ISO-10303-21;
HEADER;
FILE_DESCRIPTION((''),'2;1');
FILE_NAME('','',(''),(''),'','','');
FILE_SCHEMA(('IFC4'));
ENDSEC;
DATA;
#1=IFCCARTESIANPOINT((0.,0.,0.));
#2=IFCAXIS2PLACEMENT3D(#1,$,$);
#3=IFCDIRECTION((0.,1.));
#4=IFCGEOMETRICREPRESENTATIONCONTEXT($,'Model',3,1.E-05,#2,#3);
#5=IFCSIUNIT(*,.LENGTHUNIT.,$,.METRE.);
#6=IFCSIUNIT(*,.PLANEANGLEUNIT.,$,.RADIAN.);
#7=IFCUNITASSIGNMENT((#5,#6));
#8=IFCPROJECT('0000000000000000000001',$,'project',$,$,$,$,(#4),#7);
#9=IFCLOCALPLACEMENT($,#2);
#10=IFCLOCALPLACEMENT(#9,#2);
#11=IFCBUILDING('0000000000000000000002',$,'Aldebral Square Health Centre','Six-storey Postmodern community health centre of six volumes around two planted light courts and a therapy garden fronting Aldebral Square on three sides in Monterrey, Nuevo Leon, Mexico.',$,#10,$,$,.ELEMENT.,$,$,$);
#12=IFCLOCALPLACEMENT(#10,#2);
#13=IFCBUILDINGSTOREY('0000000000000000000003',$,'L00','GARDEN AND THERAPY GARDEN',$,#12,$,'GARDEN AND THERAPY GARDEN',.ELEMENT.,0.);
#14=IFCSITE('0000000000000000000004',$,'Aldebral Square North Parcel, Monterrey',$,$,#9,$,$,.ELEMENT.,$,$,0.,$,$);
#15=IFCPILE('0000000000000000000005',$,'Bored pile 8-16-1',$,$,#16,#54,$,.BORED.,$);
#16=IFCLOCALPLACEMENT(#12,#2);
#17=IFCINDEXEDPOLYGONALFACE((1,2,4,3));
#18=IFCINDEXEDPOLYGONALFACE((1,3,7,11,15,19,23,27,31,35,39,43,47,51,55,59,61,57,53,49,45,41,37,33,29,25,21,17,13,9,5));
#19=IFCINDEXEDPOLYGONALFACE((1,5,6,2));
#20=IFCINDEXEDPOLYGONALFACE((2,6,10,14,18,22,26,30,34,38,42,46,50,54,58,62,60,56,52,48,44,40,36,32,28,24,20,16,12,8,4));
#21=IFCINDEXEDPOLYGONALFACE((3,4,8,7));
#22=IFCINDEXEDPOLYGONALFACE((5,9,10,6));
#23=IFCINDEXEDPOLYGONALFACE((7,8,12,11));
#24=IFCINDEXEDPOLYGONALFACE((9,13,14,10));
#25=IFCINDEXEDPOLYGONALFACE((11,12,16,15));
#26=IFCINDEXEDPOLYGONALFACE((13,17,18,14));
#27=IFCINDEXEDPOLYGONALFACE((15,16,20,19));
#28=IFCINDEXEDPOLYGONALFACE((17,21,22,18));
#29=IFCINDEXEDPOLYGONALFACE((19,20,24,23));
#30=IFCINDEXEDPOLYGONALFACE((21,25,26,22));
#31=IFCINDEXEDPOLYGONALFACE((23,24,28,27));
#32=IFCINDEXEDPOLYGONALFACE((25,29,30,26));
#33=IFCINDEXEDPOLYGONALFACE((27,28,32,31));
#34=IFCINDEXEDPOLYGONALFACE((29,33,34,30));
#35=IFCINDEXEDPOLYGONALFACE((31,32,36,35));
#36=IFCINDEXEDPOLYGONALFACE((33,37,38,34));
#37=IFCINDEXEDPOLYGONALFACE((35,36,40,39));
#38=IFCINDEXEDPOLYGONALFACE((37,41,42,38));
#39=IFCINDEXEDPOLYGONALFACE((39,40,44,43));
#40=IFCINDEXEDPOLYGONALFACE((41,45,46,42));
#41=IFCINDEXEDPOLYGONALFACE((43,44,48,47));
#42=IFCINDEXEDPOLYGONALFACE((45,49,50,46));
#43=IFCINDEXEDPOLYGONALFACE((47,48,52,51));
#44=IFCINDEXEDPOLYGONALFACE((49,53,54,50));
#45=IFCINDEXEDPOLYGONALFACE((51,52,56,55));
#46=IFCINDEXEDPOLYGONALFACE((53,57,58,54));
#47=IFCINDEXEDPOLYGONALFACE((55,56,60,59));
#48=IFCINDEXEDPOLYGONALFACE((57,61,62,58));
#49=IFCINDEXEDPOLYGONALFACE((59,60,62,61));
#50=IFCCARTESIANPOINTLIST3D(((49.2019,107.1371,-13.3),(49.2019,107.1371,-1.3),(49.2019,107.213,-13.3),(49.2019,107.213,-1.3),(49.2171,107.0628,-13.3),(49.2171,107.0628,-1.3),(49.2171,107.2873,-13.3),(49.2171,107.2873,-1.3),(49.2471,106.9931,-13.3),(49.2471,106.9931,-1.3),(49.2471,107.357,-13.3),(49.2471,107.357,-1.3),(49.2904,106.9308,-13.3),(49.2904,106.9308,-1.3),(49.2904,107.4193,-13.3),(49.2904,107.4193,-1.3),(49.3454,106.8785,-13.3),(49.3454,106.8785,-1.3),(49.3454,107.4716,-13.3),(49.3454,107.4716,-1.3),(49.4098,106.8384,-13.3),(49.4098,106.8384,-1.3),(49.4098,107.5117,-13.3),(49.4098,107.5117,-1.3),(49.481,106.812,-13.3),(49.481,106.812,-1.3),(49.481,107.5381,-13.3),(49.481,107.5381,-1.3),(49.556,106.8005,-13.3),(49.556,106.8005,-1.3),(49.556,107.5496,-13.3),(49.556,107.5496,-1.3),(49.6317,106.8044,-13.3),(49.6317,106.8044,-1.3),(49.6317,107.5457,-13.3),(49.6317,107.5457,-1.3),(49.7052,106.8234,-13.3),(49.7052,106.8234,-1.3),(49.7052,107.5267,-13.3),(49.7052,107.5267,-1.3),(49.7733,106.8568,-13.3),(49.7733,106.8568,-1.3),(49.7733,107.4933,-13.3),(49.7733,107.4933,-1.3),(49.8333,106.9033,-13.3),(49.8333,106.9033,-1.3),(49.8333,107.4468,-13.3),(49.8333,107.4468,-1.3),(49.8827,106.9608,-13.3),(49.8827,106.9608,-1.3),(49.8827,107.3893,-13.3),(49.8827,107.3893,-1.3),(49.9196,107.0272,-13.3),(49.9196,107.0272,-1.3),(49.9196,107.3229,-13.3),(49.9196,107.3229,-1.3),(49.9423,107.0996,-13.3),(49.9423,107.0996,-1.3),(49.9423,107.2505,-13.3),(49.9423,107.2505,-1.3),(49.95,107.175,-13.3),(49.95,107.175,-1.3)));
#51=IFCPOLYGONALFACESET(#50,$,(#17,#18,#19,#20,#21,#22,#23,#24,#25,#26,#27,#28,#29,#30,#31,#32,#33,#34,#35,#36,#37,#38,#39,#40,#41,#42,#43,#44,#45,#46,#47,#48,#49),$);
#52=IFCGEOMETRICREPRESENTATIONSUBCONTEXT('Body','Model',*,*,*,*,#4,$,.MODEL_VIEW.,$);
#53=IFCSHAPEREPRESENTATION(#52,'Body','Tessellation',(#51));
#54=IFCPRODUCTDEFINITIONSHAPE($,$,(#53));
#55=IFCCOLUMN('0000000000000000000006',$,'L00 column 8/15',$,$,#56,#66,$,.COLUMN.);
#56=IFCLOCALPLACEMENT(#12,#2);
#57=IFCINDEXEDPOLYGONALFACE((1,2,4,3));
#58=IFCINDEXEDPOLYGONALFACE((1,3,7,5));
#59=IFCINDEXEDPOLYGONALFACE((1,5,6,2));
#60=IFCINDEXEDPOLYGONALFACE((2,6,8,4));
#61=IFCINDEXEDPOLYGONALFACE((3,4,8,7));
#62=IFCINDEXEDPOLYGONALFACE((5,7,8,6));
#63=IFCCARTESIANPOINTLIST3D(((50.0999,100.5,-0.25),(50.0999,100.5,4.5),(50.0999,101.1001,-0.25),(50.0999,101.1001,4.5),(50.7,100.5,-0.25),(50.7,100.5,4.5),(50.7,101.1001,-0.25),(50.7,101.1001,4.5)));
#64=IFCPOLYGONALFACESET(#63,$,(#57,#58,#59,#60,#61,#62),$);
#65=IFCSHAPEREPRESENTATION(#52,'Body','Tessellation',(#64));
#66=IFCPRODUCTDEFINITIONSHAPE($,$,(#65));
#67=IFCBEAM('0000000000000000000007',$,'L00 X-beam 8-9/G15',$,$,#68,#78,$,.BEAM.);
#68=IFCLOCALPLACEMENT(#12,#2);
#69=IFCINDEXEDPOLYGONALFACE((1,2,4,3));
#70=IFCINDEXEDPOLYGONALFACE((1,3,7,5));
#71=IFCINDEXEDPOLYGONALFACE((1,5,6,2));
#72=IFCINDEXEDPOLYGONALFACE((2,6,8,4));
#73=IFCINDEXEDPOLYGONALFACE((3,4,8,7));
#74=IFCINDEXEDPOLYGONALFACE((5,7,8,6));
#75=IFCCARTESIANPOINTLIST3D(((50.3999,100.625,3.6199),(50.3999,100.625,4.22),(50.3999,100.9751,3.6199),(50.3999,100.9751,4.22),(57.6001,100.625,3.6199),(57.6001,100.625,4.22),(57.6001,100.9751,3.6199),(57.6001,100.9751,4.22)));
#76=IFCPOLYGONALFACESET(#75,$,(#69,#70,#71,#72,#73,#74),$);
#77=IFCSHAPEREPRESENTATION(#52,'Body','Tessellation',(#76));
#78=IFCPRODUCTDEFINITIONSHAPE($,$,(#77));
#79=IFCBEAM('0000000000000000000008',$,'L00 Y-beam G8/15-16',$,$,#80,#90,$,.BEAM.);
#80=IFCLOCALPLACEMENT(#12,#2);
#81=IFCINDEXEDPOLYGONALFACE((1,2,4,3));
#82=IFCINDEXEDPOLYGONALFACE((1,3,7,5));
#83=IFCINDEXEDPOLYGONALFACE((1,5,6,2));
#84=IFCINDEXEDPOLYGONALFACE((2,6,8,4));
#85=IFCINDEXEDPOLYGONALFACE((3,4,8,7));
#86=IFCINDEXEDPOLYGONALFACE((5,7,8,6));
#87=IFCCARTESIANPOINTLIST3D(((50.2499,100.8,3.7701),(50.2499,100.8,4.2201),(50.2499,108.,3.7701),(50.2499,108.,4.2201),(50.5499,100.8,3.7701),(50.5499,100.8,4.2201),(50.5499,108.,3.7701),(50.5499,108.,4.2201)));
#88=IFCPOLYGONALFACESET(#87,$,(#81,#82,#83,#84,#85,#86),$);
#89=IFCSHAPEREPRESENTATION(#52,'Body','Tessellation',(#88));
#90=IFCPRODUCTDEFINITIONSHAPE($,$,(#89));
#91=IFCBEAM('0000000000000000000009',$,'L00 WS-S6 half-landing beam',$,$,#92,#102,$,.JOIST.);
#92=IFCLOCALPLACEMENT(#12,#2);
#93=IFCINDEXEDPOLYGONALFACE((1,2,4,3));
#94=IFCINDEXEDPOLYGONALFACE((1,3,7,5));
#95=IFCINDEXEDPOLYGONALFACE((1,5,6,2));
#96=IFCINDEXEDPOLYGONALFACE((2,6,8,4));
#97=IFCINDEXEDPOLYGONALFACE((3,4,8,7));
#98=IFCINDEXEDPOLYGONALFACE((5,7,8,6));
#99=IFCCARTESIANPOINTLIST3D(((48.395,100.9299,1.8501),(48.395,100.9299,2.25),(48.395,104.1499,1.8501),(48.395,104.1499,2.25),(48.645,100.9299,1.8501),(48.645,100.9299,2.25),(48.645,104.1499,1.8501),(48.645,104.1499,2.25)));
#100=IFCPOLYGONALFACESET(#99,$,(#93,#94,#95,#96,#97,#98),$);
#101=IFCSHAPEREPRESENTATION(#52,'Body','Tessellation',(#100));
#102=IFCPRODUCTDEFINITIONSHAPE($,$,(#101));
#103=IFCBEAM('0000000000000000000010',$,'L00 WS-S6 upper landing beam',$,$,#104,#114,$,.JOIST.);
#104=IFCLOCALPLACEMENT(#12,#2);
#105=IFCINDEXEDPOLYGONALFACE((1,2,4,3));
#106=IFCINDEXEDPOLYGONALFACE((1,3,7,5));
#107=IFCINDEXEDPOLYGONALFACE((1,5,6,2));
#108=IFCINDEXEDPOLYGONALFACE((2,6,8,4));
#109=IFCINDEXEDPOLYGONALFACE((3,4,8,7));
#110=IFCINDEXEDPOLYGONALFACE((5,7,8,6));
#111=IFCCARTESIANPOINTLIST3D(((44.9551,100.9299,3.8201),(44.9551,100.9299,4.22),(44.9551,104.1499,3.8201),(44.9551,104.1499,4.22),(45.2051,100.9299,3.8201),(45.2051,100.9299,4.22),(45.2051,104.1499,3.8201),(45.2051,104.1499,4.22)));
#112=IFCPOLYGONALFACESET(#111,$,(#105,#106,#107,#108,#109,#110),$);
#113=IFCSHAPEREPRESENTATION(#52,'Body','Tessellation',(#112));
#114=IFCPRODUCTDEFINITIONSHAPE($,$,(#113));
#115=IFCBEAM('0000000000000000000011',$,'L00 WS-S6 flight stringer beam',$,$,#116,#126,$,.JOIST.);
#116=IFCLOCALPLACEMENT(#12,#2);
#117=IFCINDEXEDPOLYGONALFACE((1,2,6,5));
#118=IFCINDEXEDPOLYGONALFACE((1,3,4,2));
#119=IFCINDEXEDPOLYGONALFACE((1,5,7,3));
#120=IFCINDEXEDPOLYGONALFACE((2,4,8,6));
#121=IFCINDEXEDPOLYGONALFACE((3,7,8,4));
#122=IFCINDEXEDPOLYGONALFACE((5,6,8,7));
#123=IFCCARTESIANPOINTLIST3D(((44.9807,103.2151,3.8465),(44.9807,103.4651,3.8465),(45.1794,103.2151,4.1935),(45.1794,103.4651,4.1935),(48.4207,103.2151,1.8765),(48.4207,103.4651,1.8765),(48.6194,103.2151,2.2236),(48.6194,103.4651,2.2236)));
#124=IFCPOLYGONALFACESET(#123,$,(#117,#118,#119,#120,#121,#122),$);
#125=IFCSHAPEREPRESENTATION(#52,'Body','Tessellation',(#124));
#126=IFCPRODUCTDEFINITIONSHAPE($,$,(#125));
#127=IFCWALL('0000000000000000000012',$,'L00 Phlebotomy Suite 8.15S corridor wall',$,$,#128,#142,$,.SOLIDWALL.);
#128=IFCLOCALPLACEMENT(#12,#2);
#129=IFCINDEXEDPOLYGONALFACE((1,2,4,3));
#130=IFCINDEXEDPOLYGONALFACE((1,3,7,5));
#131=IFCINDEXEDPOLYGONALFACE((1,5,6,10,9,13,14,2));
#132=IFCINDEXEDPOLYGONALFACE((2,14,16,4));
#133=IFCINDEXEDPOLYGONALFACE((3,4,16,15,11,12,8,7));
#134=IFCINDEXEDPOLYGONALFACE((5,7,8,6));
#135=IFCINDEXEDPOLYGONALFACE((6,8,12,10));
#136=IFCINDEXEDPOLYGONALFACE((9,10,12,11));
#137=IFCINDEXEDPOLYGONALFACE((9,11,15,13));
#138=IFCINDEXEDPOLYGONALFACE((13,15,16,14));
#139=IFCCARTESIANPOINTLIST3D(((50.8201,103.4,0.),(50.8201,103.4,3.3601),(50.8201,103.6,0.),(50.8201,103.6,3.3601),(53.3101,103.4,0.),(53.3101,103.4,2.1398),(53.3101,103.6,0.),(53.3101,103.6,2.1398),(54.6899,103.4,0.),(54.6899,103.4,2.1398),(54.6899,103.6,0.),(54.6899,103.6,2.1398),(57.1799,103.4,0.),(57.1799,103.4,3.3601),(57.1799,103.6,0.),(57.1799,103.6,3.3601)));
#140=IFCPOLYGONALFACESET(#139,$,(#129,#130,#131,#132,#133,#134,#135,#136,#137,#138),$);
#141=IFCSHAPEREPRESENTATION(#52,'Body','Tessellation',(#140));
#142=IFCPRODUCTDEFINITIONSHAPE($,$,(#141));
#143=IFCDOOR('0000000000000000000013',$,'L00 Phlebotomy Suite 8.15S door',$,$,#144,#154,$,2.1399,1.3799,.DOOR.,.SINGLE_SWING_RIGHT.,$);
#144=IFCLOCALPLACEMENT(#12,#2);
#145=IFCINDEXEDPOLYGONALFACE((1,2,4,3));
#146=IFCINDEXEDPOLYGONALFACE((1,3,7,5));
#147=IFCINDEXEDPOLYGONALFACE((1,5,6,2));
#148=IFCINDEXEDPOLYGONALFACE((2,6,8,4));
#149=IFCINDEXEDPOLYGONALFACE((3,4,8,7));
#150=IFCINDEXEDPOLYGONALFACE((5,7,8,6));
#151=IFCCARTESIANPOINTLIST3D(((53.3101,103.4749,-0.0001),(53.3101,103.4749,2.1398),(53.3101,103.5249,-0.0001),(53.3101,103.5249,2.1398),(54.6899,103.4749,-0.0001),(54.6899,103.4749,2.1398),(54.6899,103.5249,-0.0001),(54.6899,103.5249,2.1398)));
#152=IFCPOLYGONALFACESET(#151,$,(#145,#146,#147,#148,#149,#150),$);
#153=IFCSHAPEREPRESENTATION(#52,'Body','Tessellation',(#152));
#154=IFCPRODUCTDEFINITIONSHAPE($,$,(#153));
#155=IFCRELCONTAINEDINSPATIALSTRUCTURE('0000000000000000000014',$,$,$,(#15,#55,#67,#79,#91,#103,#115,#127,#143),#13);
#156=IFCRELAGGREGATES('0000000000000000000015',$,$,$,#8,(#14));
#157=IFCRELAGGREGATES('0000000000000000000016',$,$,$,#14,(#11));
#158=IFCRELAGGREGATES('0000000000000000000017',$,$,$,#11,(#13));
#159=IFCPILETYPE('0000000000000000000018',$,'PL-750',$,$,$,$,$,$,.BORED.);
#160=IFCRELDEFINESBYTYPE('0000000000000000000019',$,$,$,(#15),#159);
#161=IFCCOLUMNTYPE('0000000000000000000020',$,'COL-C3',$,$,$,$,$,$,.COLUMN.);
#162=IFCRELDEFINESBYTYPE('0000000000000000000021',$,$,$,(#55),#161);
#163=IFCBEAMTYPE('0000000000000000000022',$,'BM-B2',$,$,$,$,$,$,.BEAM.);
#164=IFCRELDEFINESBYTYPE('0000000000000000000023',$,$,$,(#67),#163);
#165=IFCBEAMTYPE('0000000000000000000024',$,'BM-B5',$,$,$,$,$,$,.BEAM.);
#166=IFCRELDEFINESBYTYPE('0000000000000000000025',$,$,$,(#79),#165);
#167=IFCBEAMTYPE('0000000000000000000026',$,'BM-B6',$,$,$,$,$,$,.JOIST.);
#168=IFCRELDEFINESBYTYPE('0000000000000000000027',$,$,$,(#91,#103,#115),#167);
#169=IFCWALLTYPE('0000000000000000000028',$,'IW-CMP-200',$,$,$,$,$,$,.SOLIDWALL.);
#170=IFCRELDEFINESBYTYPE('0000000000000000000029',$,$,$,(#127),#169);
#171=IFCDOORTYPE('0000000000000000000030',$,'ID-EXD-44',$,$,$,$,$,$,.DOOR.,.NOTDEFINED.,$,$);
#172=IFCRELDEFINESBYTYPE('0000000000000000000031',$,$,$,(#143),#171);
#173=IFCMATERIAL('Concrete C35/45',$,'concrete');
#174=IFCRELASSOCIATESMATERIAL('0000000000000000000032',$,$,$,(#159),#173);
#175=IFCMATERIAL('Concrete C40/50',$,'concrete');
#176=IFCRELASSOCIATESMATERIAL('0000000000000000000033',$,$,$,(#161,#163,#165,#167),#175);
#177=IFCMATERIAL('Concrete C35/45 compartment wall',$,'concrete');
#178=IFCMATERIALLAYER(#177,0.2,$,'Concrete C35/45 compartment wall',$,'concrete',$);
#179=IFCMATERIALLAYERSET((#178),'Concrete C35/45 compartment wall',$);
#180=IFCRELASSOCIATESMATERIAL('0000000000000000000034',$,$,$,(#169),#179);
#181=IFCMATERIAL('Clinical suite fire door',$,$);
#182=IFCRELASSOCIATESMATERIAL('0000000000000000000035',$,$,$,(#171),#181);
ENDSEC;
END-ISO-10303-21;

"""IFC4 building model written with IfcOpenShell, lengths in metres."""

from ifc_helpers import new_model, si_unit, direction, frame, frame_2d, origin, origin_2d, place, context, subcontext, project, spatial, rectangle, circle, extrude, material, layer, layer_set, material_profile, profile_set, type_object, element, fill, save


model = new_model("IFC4")

# Units and contexts
model_context = context("Model", 3, precision=1e-05, world=origin(), true_north=direction((0.0, 1.0)))
body_context = subcontext(model_context, "Body", "Model", "MODEL_VIEW")
ifc_project = project(units=[si_unit("LENGTHUNIT", "METRE"), si_unit("PLANEANGLEUNIT", "RADIAN")], contexts=[model_context])

# Site, building, storey
site_placement = place(None, origin())
site = spatial("IfcSite", under=ifc_project, at=site_placement, Name="Aldebral Square North Parcel, Monterrey", CompositionType="ELEMENT", RefElevation=0.0)
building_placement = place(site_placement, origin())
building = spatial("IfcBuilding", under=site, at=building_placement, Name="Aldebral Square Health Centre", Description="Six-storey Postmodern community health centre of six volumes around two planted light courts and a therapy garden fronting Aldebral Square on three sides in Monterrey, Nuevo Leon, Mexico.", CompositionType="ELEMENT")
storey_placement = place(building_placement, origin())
storey = spatial("IfcBuildingStorey", under=building, at=storey_placement, Name="L00", Description="GARDEN AND THERAPY GARDEN", LongName="GARDEN AND THERAPY GARDEN", CompositionType="ELEMENT", Elevation=0.0)

# Shared definitions
ifc_material_1 = material(Name="Concrete C35/45", Category="concrete")

# Pile
ifc_material_profile_1 = material_profile(ifc_material_1, circle(Radius=0.375, at=origin_2d()), Name="PILE D750")
ifc_profile_set_1 = profile_set([ifc_material_profile_1], Name="Concrete C35/45")
pile_type = type_object("IfcPileType", Name="PL-750", PredefinedType="BORED", material=ifc_profile_set_1)
for number, where, z_axis, x_axis, name in (
    (1, (49.575, 107.175, -1.3), (0.0, 0.0, -1.0), (1.0, 0.0, 0.0), "Bored pile 8-16-1"),
):
    element("IfcPile", number, at=place(storey_placement, frame(where, z_axis=z_axis, x_axis=x_axis)), inside=storey, type_object=pile_type, Name=name, PredefinedType="BORED", context=body_context, shape_type="SweptSolid", body=[
        extrude(circle(Radius=0.375, at=origin_2d()), origin(), (0.0, 0.0, 1.0), 12.0),
    ])

# Column
ifc_material_2 = material(Name="Concrete C40/50", Category="concrete")
ifc_material_profile_2 = material_profile(ifc_material_2, rectangle(XDim=0.6001, YDim=0.6001, at=origin_2d()), Name="RC 600x600")
ifc_profile_set_2 = profile_set([ifc_material_profile_2], Name="Concrete C40/50")
column_type = type_object("IfcColumnType", Name="COL-C3", PredefinedType="COLUMN", material=ifc_profile_set_2)
column_placement = place(storey_placement, frame((50.3999, 100.8, -0.25), z_axis=(0.0, 0.0, 1.0), x_axis=(1.0, 0.0, 0.0)))
element("IfcColumn", 2, at=column_placement, inside=storey, type_object=column_type, Name="L00 column 8/15", PredefinedType="COLUMN", context=body_context, shape_type="SweptSolid", body=[
    extrude(rectangle(XDim=0.6001, YDim=0.6001, at=origin_2d()), origin(), (0.0, 0.0, 1.0), 4.75),
])

# Beams
ifc_material_profile_3 = material_profile(ifc_material_2, rectangle(XDim=0.3501, YDim=0.6001, at=origin_2d()), Name="RC 350x600")
ifc_profile_set_3 = profile_set([ifc_material_profile_3], Name="Concrete C40/50")
beam_type_1 = type_object("IfcBeamType", Name="BM-B2", PredefinedType="BEAM", material=ifc_profile_set_3)
beam_1_placement = place(storey_placement, frame((50.3999, 100.8, 3.9199), z_axis=(1.0, 0.0, 0.0), x_axis=(0.0, 1.0, 0.0)))
element("IfcBeam", 3, at=beam_1_placement, inside=storey, type_object=beam_type_1, Name="L00 X-beam 8-9/G15", PredefinedType="BEAM", context=body_context, shape_type="SweptSolid", body=[
    extrude(rectangle(XDim=0.3501, YDim=0.6001, at=origin_2d()), origin(), (0.0, 0.0, 1.0), 7.2002),
])
ifc_material_profile_4 = material_profile(ifc_material_2, rectangle(XDim=0.3, YDim=0.45, at=origin_2d()), Name="RC 300x450")
ifc_profile_set_4 = profile_set([ifc_material_profile_4], Name="Concrete C40/50")
beam_type_2 = type_object("IfcBeamType", Name="BM-B5", PredefinedType="BEAM", material=ifc_profile_set_4)
beam_2_placement = place(storey_placement, frame((50.3999, 100.8, 3.9951), z_axis=(0.0, 1.0, 0.0), x_axis=(-1.0, 0.0, 0.0)))
element("IfcBeam", 4, at=beam_2_placement, inside=storey, type_object=beam_type_2, Name="L00 Y-beam G8/15-16", PredefinedType="BEAM", context=body_context, shape_type="SweptSolid", body=[
    extrude(rectangle(XDim=0.3, YDim=0.45, at=origin_2d()), origin(), (0.0, 0.0, 1.0), 7.2),
])
ifc_material_profile_5 = material_profile(ifc_material_2, rectangle(XDim=0.25, YDim=0.3999, at=origin_2d()), Name="RC 250x400")
ifc_profile_set_5 = profile_set([ifc_material_profile_5], Name="Concrete C40/50")
beam_type_3 = type_object("IfcBeamType", Name="BM-B6", PredefinedType="JOIST", material=ifc_profile_set_5)
for number, where, z_axis, x_axis, name in (
    (5, (48.52, 100.9299, 2.05), (0.0, 1.0, 0.0), (-1.0, 0.0, 0.0), "L00 WS-S6 half-landing beam"),
    (6, (45.0801, 100.9299, 4.02), (0.0, 1.0, 0.0), (-1.0, 0.0, 0.0), "L00 WS-S6 upper landing beam"),
):
    element("IfcBeam", number, at=place(storey_placement, frame(where, z_axis=z_axis, x_axis=x_axis)), inside=storey, type_object=beam_type_3, Name=name, PredefinedType="JOIST", context=body_context, shape_type="SweptSolid", body=[
        extrude(rectangle(XDim=0.25, YDim=0.3999, at=origin_2d()), origin(), (0.0, 0.0, 1.0), 3.22),
    ])
beam_3_placement = place(storey_placement, frame((48.52, 103.3401, 2.05), z_axis=(-0.867777, 0.0, 0.496955), x_axis=(0.0, -1.0, 0.0)))
element("IfcBeam", 7, at=beam_3_placement, inside=storey, type_object=beam_type_3, Name="L00 WS-S6 flight stringer beam", PredefinedType="JOIST", context=body_context, shape_type="SweptSolid", body=[
    extrude(rectangle(XDim=0.25, YDim=0.3999, at=origin_2d()), origin(), (0.0, 0.0, 1.0), 3.9641),
])

# Wall, opening, door
ifc_material_3 = material(Name="Concrete C35/45 compartment wall", Category="concrete")
ifc_layer_1 = layer(ifc_material_3, 0.2, Name="Concrete C35/45 compartment wall", Category="concrete")
ifc_layer_set_1 = layer_set([ifc_layer_1], Name="Concrete C35/45 compartment wall")
wall_type_1 = type_object("IfcWallType", Name="IW-CMP-200", PredefinedType="SOLIDWALL", material=ifc_layer_set_1)
wall_1_placement = place(storey_placement, frame((50.8201, 103.5, 0.0), z_axis=(0.0, 0.0, 1.0), x_axis=(1.0, 0.0, 0.0)))
wall_1 = element("IfcWall", 8, at=wall_1_placement, inside=storey, type_object=wall_type_1, Name="L00 Phlebotomy Suite 8.15S corridor wall", PredefinedType="SOLIDWALL", context=body_context, shape_type="SweptSolid", body=[
    extrude(rectangle(XDim=6.3599, YDim=0.2, at=frame_2d((3.1799, 0.0))), origin(), (0.0, 0.0, 1.0), 3.3601),
])
opening_1_placement = place(wall_1_placement, frame((2.49, 0.0, 0.0)))
opening_1 = element("IfcOpeningElement", 9, at=opening_1_placement, cuts=wall_1, PredefinedType="OPENING", context=body_context, shape_type="SweptSolid", body=[
    extrude(rectangle(XDim=1.3799, YDim=2.1399, at=frame_2d((0.6899, 1.0698))), frame((0.0, 0.1099, 0.0), z_axis=(0.0, -1.0, 0.0), x_axis=(1.0, 0.0, 0.0)), (0.0, 0.0, 1.0), 0.22),
])
ifc_material_4 = material(Name="Clinical suite fire door")
door_type_1 = type_object("IfcDoorType", Name="ID-EXD-44", OperationType="NOTDEFINED", PredefinedType="DOOR", material=ifc_material_4)
door_1_placement = place(opening_1_placement, origin())
door_1 = element("IfcDoor", 10, at=door_1_placement, inside=storey, type_object=door_type_1, Name="L00 Phlebotomy Suite 8.15S door", OperationType="SINGLE_SWING_RIGHT", OverallHeight=2.1399, OverallWidth=1.3799, PredefinedType="DOOR", context=body_context, shape_type="SweptSolid", body=[
    extrude(rectangle(XDim=1.3799, YDim=2.1399, at=frame_2d((0.6899, 1.0698))), frame((0.0, 0.0249, 0.0), z_axis=(0.0, -1.0, 0.0), x_axis=(1.0, 0.0, 0.0)), (0.0, 0.0, 1.0), 0.05),
])
fill(opening_1, door_1)

save(model, "model.ifc")
